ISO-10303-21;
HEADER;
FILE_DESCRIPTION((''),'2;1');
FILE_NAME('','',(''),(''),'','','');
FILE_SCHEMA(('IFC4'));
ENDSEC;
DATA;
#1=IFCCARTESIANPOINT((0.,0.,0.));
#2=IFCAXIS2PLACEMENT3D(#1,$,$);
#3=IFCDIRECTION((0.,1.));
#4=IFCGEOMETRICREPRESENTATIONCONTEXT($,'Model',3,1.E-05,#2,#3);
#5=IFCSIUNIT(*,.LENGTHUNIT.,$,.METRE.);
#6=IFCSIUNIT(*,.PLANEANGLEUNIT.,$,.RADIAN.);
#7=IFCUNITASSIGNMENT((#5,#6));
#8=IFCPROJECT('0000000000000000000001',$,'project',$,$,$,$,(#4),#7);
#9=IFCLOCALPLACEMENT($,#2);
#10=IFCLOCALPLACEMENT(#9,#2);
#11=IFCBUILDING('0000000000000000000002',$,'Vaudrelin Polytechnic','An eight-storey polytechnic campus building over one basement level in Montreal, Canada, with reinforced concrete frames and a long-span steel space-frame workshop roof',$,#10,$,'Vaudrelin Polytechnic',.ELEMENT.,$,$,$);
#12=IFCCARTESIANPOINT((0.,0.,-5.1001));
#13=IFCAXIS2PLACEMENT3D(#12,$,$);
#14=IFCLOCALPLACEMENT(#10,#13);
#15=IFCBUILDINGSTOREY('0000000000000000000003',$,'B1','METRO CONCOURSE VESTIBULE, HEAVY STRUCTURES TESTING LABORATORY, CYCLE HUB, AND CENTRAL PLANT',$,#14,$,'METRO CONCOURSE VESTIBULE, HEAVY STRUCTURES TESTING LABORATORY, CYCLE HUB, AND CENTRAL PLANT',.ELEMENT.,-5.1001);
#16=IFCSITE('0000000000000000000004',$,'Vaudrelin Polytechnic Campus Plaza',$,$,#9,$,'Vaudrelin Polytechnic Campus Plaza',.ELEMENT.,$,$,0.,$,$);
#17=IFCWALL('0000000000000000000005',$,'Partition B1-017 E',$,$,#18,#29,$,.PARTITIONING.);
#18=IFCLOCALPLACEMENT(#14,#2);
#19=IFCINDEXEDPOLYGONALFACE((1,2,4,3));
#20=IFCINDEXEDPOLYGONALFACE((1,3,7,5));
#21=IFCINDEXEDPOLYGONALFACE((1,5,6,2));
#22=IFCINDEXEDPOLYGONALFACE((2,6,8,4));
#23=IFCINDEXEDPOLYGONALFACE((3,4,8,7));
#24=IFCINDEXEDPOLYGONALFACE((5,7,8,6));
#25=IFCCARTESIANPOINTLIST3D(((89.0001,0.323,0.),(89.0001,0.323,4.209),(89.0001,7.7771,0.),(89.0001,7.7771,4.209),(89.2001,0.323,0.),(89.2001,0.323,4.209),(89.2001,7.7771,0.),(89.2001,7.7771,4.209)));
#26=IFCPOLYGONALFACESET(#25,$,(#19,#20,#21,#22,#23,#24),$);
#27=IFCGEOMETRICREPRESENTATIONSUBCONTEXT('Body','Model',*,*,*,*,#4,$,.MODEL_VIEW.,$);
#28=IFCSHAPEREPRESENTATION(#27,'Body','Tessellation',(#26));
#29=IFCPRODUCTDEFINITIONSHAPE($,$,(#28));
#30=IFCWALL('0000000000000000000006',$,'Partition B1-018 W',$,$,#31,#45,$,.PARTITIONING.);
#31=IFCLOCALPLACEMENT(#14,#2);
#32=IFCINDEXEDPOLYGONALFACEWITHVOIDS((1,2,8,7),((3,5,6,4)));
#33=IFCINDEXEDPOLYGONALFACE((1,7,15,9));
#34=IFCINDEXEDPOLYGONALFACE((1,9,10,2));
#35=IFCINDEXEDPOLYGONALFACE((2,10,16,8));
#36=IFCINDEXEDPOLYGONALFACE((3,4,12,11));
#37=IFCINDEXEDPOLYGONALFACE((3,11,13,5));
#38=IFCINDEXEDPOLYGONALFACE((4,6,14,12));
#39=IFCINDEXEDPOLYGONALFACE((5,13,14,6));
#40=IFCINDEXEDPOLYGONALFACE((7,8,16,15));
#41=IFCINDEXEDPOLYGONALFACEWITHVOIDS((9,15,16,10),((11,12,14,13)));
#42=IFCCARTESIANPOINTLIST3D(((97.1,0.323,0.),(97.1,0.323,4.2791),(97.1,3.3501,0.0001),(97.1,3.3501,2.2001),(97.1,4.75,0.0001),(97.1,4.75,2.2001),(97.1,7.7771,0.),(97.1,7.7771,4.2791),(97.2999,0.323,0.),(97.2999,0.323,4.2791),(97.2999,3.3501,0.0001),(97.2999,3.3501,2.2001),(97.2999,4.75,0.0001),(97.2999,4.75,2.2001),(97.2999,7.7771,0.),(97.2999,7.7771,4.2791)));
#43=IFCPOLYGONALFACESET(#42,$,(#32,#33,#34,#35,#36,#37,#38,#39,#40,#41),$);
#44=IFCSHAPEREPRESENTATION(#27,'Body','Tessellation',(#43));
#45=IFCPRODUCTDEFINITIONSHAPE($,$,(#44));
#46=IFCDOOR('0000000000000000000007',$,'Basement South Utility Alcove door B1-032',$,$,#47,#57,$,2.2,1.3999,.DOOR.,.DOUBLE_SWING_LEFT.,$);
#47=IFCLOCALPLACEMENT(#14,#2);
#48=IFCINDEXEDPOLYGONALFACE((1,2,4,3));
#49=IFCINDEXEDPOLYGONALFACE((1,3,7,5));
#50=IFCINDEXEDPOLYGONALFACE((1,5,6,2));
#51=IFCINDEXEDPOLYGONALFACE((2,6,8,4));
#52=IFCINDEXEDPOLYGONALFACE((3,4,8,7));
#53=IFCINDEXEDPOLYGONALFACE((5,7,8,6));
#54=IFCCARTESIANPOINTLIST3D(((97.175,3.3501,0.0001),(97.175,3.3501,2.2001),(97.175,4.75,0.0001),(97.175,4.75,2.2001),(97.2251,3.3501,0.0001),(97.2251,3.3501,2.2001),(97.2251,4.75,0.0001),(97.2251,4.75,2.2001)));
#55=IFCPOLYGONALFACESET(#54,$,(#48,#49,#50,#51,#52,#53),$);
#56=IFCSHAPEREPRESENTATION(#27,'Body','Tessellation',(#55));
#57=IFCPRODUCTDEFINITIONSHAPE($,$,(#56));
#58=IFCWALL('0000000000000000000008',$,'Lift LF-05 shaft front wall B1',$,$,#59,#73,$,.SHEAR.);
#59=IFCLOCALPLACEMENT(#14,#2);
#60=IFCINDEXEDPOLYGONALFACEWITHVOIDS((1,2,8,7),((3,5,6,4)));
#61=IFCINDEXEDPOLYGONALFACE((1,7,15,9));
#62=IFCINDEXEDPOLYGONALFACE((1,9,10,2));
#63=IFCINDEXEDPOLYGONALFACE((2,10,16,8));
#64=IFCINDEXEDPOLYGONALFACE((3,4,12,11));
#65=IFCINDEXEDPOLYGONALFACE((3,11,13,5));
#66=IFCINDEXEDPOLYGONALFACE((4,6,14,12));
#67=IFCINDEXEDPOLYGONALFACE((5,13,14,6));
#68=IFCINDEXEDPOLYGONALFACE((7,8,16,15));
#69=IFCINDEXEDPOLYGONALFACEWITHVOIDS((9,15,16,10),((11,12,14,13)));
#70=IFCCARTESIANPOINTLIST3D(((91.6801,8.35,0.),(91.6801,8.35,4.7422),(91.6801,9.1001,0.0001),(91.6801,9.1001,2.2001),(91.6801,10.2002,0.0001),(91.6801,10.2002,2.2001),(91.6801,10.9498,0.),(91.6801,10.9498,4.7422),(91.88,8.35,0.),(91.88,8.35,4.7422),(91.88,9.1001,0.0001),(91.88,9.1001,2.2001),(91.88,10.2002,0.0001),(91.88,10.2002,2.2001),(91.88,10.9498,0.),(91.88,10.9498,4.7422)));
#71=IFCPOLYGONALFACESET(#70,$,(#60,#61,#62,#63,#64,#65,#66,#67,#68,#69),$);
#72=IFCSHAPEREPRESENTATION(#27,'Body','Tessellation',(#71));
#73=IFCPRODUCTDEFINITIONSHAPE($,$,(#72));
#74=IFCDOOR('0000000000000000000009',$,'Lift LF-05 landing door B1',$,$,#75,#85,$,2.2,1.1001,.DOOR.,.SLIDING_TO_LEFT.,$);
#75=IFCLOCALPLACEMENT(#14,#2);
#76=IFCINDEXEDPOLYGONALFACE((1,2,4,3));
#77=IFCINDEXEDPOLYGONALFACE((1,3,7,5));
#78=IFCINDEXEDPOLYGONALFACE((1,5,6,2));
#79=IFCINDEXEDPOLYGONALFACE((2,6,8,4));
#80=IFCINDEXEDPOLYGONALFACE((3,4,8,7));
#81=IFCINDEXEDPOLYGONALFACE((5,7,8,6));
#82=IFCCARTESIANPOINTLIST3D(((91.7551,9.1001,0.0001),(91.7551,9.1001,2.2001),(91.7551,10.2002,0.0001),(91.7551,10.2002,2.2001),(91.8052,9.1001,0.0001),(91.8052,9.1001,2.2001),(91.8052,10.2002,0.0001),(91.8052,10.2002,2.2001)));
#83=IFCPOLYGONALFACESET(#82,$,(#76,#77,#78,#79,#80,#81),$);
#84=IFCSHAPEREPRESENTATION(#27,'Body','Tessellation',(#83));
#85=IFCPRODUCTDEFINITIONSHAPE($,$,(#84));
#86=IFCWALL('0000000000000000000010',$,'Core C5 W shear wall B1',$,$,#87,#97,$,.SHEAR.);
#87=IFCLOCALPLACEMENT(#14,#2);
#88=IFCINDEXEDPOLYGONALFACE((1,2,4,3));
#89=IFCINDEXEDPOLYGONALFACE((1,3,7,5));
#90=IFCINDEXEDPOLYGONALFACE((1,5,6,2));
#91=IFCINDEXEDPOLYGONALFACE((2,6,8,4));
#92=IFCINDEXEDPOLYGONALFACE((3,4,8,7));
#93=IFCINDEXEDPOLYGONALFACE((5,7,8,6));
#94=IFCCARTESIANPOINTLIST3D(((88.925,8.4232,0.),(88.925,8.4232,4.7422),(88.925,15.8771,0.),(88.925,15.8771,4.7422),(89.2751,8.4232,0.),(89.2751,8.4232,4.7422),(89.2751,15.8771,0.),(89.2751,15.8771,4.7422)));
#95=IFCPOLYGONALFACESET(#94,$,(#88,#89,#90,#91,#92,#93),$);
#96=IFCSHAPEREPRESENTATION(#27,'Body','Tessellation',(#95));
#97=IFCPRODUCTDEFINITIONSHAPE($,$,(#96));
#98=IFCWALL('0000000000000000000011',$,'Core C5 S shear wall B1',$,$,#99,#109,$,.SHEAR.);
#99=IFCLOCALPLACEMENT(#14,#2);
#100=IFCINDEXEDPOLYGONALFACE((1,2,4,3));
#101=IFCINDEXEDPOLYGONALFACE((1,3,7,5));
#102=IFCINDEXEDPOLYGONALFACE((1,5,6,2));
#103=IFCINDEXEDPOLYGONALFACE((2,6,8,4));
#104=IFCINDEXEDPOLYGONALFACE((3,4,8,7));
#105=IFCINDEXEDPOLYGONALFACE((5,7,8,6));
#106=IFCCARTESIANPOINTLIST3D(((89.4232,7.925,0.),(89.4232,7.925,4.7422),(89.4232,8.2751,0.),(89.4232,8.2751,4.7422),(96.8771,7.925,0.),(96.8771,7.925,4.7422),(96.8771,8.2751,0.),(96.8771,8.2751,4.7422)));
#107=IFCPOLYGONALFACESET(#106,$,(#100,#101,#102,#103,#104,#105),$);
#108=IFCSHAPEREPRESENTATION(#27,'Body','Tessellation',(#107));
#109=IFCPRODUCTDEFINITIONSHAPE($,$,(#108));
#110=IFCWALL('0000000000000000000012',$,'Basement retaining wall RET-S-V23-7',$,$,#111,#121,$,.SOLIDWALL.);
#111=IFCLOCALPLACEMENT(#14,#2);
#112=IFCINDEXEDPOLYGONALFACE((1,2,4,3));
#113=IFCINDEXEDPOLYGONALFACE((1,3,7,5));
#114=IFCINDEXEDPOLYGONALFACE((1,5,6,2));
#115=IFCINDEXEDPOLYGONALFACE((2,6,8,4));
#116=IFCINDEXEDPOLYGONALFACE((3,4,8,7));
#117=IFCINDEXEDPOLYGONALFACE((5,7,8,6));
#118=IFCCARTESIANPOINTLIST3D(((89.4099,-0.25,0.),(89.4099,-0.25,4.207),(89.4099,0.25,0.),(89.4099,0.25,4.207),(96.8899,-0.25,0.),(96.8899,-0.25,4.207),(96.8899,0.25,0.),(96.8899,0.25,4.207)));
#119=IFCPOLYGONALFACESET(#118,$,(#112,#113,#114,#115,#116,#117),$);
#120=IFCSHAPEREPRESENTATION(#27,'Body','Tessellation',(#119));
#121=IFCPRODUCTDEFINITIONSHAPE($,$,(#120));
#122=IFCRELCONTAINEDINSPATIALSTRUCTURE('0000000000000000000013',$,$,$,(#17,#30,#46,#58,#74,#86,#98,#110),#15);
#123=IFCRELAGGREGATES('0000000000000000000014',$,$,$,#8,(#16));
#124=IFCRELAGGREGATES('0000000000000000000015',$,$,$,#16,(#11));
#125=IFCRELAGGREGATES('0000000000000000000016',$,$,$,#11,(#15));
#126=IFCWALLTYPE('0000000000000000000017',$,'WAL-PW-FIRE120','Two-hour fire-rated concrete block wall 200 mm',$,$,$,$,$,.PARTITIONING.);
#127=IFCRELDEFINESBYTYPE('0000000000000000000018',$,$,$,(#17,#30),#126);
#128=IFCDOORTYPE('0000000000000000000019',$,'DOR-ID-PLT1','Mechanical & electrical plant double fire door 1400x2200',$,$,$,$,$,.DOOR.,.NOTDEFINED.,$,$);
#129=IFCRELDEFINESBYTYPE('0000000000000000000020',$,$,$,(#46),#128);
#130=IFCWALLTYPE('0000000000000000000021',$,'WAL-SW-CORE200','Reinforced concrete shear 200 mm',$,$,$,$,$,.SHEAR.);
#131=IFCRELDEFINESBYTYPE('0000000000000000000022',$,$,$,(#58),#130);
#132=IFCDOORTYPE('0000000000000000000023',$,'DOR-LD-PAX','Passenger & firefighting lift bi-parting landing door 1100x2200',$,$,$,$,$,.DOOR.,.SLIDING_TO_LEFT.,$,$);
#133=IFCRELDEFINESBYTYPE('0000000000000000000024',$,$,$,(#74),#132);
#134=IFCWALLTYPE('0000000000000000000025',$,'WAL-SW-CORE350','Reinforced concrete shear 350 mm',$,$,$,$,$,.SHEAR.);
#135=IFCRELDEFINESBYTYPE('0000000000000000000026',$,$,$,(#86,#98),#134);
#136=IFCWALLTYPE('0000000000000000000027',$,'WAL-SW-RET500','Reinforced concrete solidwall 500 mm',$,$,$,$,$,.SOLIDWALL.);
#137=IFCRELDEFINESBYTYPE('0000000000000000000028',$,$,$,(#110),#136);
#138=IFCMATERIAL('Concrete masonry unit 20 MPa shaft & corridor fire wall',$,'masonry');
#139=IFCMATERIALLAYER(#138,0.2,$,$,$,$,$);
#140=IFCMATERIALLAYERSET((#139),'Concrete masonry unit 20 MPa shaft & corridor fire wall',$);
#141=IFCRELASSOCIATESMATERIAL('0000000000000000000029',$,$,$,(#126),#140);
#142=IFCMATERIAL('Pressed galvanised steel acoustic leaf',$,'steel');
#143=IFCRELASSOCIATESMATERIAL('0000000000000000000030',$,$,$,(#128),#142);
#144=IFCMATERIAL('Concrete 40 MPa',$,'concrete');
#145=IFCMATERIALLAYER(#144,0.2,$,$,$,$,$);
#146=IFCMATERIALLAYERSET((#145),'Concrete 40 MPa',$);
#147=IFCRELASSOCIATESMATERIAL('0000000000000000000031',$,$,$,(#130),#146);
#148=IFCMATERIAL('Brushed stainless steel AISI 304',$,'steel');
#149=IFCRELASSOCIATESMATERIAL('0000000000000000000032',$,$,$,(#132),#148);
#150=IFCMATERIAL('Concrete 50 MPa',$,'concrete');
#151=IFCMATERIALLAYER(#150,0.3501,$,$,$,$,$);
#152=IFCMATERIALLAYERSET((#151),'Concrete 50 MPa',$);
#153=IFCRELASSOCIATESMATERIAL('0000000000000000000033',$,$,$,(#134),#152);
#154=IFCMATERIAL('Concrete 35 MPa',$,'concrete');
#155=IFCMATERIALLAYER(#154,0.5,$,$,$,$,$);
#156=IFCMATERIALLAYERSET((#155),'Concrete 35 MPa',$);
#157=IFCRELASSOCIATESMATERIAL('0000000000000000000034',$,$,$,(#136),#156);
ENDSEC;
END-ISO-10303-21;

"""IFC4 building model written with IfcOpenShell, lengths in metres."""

from ifc_helpers import new_model, si_unit, direction, frame, frame_2d, origin, place, context, subcontext, project, spatial, rectangle, extrude, material, layer, layer_set, type_object, element, fill, save


model = new_model("IFC4")

# Units and contexts
model_context = context("Model", 3, precision=1e-05, world=origin(), true_north=direction((0.0, 1.0)))
body_context = subcontext(model_context, "Body", "Model", "MODEL_VIEW")
ifc_project = project(units=[si_unit("LENGTHUNIT", "METRE"), si_unit("PLANEANGLEUNIT", "RADIAN")], contexts=[model_context])

# Site, building, storey
site_placement = place(None, origin())
site = spatial("IfcSite", under=ifc_project, at=site_placement, Name="Vaudrelin Polytechnic Campus Plaza", LongName="Vaudrelin Polytechnic Campus Plaza", CompositionType="ELEMENT", RefElevation=0.0)
building_placement = place(site_placement, origin())
building = spatial("IfcBuilding", under=site, at=building_placement, Name="Vaudrelin Polytechnic", Description="An eight-storey polytechnic campus building over one basement level in Montreal, Canada, with reinforced concrete frames and a long-span steel space-frame workshop roof", LongName="Vaudrelin Polytechnic", CompositionType="ELEMENT")
storey_placement = place(building_placement, frame((0.0, 0.0, -5.1001)))
storey = spatial("IfcBuildingStorey", under=building, at=storey_placement, Name="B1", Description="METRO CONCOURSE VESTIBULE, HEAVY STRUCTURES TESTING LABORATORY, CYCLE HUB, AND CENTRAL PLANT", LongName="METRO CONCOURSE VESTIBULE, HEAVY STRUCTURES TESTING LABORATORY, CYCLE HUB, AND CENTRAL PLANT", CompositionType="ELEMENT", Elevation=-5.1001)

# Shared definitions
ifc_material_1 = material(Name="Concrete 40 MPa", Category="concrete")

# Wall
ifc_material_2 = material(Name="Concrete masonry unit 20 MPa shaft & corridor fire wall", Category="masonry")
ifc_layer_1 = layer(ifc_material_2, 0.2)
ifc_layer_set_1 = layer_set([ifc_layer_1], Name="Concrete masonry unit 20 MPa shaft & corridor fire wall")
wall_type_1 = type_object("IfcWallType", Name="WAL-PW-FIRE120", Description="Two-hour fire-rated concrete block wall 200 mm", PredefinedType="PARTITIONING", material=ifc_layer_set_1)
wall_1_placement = place(storey_placement, frame((89.1001, 0.323, 0.0), z_axis=(0.0, 0.0, 1.0), x_axis=(0.0, 1.0, 0.0)))
element("IfcWall", 1, at=wall_1_placement, inside=storey, type_object=wall_type_1, Name="Partition B1-017 E", PredefinedType="PARTITIONING", context=body_context, shape_type="SweptSolid", body=[
    extrude(rectangle(XDim=7.4541, YDim=0.2, at=frame_2d((3.7271, 0.0))), origin(), (0.0, 0.0, 1.0), 4.209),
])

# Walls, openings, doors
wall_2_placement = place(storey_placement, frame((97.2, 0.323, 0.0), z_axis=(0.0, 0.0, 1.0), x_axis=(0.0, 1.0, 0.0)))
wall_2 = element("IfcWall", 2, at=wall_2_placement, inside=storey, type_object=wall_type_1, Name="Partition B1-018 W", PredefinedType="PARTITIONING", context=body_context, shape_type="SweptSolid", body=[
    extrude(rectangle(XDim=7.4541, YDim=0.2, at=frame_2d((3.7271, 0.0))), origin(), (0.0, 0.0, 1.0), 4.2791),
])
opening_1_placement = place(wall_2_placement, frame((3.0271, 0.0, 0.0)))
opening_1 = element("IfcOpeningElement", 3, at=opening_1_placement, cuts=wall_2, PredefinedType="OPENING", context=body_context, shape_type="SweptSolid", body=[
    extrude(rectangle(XDim=1.3999, YDim=2.2, at=frame_2d((0.7, 1.1001))), frame((0.0, 0.1099, 0.0), z_axis=(0.0, -1.0, 0.0), x_axis=(1.0, 0.0, 0.0)), (0.0, 0.0, 1.0), 0.22),
])
ifc_material_3 = material(Name="Pressed galvanised steel acoustic leaf", Category="steel")
door_type_1 = type_object("IfcDoorType", Name="DOR-ID-PLT1", Description="Mechanical & electrical plant double fire door 1400x2200", OperationType="NOTDEFINED", PredefinedType="DOOR", material=ifc_material_3)
door_1_placement = place(opening_1_placement, origin())
door_1 = element("IfcDoor", 4, at=door_1_placement, inside=storey, type_object=door_type_1, Name="Basement South Utility Alcove door B1-032", OperationType="DOUBLE_SWING_LEFT", OverallHeight=2.2, OverallWidth=1.3999, PredefinedType="DOOR", context=body_context, shape_type="SweptSolid", body=[
    extrude(rectangle(XDim=1.3999, YDim=2.2, at=frame_2d((0.7, 1.1001))), frame((0.0, 0.0249, 0.0), z_axis=(0.0, -1.0, 0.0), x_axis=(1.0, 0.0, 0.0)), (0.0, 0.0, 1.0), 0.05),
])
fill(opening_1, door_1)
ifc_layer_2 = layer(ifc_material_1, 0.2)
ifc_layer_set_2 = layer_set([ifc_layer_2], Name="Concrete 40 MPa")
wall_type_2 = type_object("IfcWallType", Name="WAL-SW-CORE200", Description="Reinforced concrete shear 200 mm", PredefinedType="SHEAR", material=ifc_layer_set_2)
wall_3_placement = place(storey_placement, frame((91.78, 8.3501, 0.0), z_axis=(0.0, 0.0, 1.0), x_axis=(0.0, 1.0, 0.0)))
wall_3 = element("IfcWall", 5, at=wall_3_placement, inside=storey, type_object=wall_type_2, Name="Lift LF-05 shaft front wall B1", PredefinedType="SHEAR", context=body_context, shape_type="SweptSolid", body=[
    extrude(rectangle(XDim=2.5999, YDim=0.2, at=frame_2d((1.2998, 0.0))), origin(), (0.0, 0.0, 1.0), 4.7422),
])
opening_2_placement = place(wall_3_placement, frame((0.75, 0.0, 0.0)))
opening_2 = element("IfcOpeningElement", 6, at=opening_2_placement, cuts=wall_3, PredefinedType="OPENING", context=body_context, shape_type="SweptSolid", body=[
    extrude(rectangle(XDim=1.1001, YDim=2.2, at=frame_2d((0.55, 1.1001))), frame((0.0, 0.1099, 0.0), z_axis=(0.0, -1.0, 0.0), x_axis=(1.0, 0.0, 0.0)), (0.0, 0.0, 1.0), 0.22),
])
ifc_material_4 = material(Name="Brushed stainless steel AISI 304", Category="steel")
door_type_2 = type_object("IfcDoorType", Name="DOR-LD-PAX", Description="Passenger & firefighting lift bi-parting landing door 1100x2200", OperationType="SLIDING_TO_LEFT", PredefinedType="DOOR", material=ifc_material_4)
door_2_placement = place(opening_2_placement, origin())
door_2 = element("IfcDoor", 7, at=door_2_placement, inside=storey, type_object=door_type_2, Name="Lift LF-05 landing door B1", OperationType="SLIDING_TO_LEFT", OverallHeight=2.2, OverallWidth=1.1001, PredefinedType="DOOR", context=body_context, shape_type="SweptSolid", body=[
    extrude(rectangle(XDim=1.1001, YDim=2.2, at=frame_2d((0.55, 1.1001))), frame((0.0, 0.0249, 0.0), z_axis=(0.0, -1.0, 0.0), x_axis=(1.0, 0.0, 0.0)), (0.0, 0.0, 1.0), 0.05),
])
fill(opening_2, door_2)

# Walls
ifc_material_5 = material(Name="Concrete 50 MPa", Category="concrete")
ifc_layer_3 = layer(ifc_material_5, 0.3501)
ifc_layer_set_3 = layer_set([ifc_layer_3], Name="Concrete 50 MPa")
wall_type_3 = type_object("IfcWallType", Name="WAL-SW-CORE350", Description="Reinforced concrete shear 350 mm", PredefinedType="SHEAR", material=ifc_layer_set_3)
for number, where, z_axis, x_axis, name in (
    (8, (89.1001, 8.4231, 0.0), (0.0, 0.0, 1.0), (0.0, 1.0, 0.0), "Core C5 W shear wall B1"),
    (9, (89.4231, 8.1001, 0.0), (0.0, 0.0, 1.0), (1.0, 0.0, 0.0), "Core C5 S shear wall B1"),
):
    element("IfcWall", number, at=place(storey_placement, frame(where, z_axis=z_axis, x_axis=x_axis)), inside=storey, type_object=wall_type_3, Name=name, PredefinedType="SHEAR", context=body_context, shape_type="SweptSolid", body=[
        extrude(rectangle(XDim=7.4539, YDim=0.3501, at=frame_2d((3.7271, 0.0))), origin(), (0.0, 0.0, 1.0), 4.7422),
    ])
ifc_material_6 = material(Name="Concrete 35 MPa", Category="concrete")
ifc_layer_4 = layer(ifc_material_6, 0.5)
ifc_layer_set_4 = layer_set([ifc_layer_4], Name="Concrete 35 MPa")
wall_type_4 = type_object("IfcWallType", Name="WAL-SW-RET500", Description="Reinforced concrete solidwall 500 mm", PredefinedType="SOLIDWALL", material=ifc_layer_set_4)
wall_4_placement = place(storey_placement, frame((89.4099, 0.0, 0.0), z_axis=(0.0, 0.0, 1.0), x_axis=(1.0, 0.0, 0.0)))
element("IfcWall", 10, at=wall_4_placement, inside=storey, type_object=wall_type_4, Name="Basement retaining wall RET-S-V23-7", PredefinedType="SOLIDWALL", context=body_context, shape_type="SweptSolid", body=[
    extrude(rectangle(XDim=7.48, YDim=0.5, at=frame_2d((3.74, 0.0))), origin(), (0.0, 0.0, 1.0), 4.207),
])

save(model, "model.ifc")
